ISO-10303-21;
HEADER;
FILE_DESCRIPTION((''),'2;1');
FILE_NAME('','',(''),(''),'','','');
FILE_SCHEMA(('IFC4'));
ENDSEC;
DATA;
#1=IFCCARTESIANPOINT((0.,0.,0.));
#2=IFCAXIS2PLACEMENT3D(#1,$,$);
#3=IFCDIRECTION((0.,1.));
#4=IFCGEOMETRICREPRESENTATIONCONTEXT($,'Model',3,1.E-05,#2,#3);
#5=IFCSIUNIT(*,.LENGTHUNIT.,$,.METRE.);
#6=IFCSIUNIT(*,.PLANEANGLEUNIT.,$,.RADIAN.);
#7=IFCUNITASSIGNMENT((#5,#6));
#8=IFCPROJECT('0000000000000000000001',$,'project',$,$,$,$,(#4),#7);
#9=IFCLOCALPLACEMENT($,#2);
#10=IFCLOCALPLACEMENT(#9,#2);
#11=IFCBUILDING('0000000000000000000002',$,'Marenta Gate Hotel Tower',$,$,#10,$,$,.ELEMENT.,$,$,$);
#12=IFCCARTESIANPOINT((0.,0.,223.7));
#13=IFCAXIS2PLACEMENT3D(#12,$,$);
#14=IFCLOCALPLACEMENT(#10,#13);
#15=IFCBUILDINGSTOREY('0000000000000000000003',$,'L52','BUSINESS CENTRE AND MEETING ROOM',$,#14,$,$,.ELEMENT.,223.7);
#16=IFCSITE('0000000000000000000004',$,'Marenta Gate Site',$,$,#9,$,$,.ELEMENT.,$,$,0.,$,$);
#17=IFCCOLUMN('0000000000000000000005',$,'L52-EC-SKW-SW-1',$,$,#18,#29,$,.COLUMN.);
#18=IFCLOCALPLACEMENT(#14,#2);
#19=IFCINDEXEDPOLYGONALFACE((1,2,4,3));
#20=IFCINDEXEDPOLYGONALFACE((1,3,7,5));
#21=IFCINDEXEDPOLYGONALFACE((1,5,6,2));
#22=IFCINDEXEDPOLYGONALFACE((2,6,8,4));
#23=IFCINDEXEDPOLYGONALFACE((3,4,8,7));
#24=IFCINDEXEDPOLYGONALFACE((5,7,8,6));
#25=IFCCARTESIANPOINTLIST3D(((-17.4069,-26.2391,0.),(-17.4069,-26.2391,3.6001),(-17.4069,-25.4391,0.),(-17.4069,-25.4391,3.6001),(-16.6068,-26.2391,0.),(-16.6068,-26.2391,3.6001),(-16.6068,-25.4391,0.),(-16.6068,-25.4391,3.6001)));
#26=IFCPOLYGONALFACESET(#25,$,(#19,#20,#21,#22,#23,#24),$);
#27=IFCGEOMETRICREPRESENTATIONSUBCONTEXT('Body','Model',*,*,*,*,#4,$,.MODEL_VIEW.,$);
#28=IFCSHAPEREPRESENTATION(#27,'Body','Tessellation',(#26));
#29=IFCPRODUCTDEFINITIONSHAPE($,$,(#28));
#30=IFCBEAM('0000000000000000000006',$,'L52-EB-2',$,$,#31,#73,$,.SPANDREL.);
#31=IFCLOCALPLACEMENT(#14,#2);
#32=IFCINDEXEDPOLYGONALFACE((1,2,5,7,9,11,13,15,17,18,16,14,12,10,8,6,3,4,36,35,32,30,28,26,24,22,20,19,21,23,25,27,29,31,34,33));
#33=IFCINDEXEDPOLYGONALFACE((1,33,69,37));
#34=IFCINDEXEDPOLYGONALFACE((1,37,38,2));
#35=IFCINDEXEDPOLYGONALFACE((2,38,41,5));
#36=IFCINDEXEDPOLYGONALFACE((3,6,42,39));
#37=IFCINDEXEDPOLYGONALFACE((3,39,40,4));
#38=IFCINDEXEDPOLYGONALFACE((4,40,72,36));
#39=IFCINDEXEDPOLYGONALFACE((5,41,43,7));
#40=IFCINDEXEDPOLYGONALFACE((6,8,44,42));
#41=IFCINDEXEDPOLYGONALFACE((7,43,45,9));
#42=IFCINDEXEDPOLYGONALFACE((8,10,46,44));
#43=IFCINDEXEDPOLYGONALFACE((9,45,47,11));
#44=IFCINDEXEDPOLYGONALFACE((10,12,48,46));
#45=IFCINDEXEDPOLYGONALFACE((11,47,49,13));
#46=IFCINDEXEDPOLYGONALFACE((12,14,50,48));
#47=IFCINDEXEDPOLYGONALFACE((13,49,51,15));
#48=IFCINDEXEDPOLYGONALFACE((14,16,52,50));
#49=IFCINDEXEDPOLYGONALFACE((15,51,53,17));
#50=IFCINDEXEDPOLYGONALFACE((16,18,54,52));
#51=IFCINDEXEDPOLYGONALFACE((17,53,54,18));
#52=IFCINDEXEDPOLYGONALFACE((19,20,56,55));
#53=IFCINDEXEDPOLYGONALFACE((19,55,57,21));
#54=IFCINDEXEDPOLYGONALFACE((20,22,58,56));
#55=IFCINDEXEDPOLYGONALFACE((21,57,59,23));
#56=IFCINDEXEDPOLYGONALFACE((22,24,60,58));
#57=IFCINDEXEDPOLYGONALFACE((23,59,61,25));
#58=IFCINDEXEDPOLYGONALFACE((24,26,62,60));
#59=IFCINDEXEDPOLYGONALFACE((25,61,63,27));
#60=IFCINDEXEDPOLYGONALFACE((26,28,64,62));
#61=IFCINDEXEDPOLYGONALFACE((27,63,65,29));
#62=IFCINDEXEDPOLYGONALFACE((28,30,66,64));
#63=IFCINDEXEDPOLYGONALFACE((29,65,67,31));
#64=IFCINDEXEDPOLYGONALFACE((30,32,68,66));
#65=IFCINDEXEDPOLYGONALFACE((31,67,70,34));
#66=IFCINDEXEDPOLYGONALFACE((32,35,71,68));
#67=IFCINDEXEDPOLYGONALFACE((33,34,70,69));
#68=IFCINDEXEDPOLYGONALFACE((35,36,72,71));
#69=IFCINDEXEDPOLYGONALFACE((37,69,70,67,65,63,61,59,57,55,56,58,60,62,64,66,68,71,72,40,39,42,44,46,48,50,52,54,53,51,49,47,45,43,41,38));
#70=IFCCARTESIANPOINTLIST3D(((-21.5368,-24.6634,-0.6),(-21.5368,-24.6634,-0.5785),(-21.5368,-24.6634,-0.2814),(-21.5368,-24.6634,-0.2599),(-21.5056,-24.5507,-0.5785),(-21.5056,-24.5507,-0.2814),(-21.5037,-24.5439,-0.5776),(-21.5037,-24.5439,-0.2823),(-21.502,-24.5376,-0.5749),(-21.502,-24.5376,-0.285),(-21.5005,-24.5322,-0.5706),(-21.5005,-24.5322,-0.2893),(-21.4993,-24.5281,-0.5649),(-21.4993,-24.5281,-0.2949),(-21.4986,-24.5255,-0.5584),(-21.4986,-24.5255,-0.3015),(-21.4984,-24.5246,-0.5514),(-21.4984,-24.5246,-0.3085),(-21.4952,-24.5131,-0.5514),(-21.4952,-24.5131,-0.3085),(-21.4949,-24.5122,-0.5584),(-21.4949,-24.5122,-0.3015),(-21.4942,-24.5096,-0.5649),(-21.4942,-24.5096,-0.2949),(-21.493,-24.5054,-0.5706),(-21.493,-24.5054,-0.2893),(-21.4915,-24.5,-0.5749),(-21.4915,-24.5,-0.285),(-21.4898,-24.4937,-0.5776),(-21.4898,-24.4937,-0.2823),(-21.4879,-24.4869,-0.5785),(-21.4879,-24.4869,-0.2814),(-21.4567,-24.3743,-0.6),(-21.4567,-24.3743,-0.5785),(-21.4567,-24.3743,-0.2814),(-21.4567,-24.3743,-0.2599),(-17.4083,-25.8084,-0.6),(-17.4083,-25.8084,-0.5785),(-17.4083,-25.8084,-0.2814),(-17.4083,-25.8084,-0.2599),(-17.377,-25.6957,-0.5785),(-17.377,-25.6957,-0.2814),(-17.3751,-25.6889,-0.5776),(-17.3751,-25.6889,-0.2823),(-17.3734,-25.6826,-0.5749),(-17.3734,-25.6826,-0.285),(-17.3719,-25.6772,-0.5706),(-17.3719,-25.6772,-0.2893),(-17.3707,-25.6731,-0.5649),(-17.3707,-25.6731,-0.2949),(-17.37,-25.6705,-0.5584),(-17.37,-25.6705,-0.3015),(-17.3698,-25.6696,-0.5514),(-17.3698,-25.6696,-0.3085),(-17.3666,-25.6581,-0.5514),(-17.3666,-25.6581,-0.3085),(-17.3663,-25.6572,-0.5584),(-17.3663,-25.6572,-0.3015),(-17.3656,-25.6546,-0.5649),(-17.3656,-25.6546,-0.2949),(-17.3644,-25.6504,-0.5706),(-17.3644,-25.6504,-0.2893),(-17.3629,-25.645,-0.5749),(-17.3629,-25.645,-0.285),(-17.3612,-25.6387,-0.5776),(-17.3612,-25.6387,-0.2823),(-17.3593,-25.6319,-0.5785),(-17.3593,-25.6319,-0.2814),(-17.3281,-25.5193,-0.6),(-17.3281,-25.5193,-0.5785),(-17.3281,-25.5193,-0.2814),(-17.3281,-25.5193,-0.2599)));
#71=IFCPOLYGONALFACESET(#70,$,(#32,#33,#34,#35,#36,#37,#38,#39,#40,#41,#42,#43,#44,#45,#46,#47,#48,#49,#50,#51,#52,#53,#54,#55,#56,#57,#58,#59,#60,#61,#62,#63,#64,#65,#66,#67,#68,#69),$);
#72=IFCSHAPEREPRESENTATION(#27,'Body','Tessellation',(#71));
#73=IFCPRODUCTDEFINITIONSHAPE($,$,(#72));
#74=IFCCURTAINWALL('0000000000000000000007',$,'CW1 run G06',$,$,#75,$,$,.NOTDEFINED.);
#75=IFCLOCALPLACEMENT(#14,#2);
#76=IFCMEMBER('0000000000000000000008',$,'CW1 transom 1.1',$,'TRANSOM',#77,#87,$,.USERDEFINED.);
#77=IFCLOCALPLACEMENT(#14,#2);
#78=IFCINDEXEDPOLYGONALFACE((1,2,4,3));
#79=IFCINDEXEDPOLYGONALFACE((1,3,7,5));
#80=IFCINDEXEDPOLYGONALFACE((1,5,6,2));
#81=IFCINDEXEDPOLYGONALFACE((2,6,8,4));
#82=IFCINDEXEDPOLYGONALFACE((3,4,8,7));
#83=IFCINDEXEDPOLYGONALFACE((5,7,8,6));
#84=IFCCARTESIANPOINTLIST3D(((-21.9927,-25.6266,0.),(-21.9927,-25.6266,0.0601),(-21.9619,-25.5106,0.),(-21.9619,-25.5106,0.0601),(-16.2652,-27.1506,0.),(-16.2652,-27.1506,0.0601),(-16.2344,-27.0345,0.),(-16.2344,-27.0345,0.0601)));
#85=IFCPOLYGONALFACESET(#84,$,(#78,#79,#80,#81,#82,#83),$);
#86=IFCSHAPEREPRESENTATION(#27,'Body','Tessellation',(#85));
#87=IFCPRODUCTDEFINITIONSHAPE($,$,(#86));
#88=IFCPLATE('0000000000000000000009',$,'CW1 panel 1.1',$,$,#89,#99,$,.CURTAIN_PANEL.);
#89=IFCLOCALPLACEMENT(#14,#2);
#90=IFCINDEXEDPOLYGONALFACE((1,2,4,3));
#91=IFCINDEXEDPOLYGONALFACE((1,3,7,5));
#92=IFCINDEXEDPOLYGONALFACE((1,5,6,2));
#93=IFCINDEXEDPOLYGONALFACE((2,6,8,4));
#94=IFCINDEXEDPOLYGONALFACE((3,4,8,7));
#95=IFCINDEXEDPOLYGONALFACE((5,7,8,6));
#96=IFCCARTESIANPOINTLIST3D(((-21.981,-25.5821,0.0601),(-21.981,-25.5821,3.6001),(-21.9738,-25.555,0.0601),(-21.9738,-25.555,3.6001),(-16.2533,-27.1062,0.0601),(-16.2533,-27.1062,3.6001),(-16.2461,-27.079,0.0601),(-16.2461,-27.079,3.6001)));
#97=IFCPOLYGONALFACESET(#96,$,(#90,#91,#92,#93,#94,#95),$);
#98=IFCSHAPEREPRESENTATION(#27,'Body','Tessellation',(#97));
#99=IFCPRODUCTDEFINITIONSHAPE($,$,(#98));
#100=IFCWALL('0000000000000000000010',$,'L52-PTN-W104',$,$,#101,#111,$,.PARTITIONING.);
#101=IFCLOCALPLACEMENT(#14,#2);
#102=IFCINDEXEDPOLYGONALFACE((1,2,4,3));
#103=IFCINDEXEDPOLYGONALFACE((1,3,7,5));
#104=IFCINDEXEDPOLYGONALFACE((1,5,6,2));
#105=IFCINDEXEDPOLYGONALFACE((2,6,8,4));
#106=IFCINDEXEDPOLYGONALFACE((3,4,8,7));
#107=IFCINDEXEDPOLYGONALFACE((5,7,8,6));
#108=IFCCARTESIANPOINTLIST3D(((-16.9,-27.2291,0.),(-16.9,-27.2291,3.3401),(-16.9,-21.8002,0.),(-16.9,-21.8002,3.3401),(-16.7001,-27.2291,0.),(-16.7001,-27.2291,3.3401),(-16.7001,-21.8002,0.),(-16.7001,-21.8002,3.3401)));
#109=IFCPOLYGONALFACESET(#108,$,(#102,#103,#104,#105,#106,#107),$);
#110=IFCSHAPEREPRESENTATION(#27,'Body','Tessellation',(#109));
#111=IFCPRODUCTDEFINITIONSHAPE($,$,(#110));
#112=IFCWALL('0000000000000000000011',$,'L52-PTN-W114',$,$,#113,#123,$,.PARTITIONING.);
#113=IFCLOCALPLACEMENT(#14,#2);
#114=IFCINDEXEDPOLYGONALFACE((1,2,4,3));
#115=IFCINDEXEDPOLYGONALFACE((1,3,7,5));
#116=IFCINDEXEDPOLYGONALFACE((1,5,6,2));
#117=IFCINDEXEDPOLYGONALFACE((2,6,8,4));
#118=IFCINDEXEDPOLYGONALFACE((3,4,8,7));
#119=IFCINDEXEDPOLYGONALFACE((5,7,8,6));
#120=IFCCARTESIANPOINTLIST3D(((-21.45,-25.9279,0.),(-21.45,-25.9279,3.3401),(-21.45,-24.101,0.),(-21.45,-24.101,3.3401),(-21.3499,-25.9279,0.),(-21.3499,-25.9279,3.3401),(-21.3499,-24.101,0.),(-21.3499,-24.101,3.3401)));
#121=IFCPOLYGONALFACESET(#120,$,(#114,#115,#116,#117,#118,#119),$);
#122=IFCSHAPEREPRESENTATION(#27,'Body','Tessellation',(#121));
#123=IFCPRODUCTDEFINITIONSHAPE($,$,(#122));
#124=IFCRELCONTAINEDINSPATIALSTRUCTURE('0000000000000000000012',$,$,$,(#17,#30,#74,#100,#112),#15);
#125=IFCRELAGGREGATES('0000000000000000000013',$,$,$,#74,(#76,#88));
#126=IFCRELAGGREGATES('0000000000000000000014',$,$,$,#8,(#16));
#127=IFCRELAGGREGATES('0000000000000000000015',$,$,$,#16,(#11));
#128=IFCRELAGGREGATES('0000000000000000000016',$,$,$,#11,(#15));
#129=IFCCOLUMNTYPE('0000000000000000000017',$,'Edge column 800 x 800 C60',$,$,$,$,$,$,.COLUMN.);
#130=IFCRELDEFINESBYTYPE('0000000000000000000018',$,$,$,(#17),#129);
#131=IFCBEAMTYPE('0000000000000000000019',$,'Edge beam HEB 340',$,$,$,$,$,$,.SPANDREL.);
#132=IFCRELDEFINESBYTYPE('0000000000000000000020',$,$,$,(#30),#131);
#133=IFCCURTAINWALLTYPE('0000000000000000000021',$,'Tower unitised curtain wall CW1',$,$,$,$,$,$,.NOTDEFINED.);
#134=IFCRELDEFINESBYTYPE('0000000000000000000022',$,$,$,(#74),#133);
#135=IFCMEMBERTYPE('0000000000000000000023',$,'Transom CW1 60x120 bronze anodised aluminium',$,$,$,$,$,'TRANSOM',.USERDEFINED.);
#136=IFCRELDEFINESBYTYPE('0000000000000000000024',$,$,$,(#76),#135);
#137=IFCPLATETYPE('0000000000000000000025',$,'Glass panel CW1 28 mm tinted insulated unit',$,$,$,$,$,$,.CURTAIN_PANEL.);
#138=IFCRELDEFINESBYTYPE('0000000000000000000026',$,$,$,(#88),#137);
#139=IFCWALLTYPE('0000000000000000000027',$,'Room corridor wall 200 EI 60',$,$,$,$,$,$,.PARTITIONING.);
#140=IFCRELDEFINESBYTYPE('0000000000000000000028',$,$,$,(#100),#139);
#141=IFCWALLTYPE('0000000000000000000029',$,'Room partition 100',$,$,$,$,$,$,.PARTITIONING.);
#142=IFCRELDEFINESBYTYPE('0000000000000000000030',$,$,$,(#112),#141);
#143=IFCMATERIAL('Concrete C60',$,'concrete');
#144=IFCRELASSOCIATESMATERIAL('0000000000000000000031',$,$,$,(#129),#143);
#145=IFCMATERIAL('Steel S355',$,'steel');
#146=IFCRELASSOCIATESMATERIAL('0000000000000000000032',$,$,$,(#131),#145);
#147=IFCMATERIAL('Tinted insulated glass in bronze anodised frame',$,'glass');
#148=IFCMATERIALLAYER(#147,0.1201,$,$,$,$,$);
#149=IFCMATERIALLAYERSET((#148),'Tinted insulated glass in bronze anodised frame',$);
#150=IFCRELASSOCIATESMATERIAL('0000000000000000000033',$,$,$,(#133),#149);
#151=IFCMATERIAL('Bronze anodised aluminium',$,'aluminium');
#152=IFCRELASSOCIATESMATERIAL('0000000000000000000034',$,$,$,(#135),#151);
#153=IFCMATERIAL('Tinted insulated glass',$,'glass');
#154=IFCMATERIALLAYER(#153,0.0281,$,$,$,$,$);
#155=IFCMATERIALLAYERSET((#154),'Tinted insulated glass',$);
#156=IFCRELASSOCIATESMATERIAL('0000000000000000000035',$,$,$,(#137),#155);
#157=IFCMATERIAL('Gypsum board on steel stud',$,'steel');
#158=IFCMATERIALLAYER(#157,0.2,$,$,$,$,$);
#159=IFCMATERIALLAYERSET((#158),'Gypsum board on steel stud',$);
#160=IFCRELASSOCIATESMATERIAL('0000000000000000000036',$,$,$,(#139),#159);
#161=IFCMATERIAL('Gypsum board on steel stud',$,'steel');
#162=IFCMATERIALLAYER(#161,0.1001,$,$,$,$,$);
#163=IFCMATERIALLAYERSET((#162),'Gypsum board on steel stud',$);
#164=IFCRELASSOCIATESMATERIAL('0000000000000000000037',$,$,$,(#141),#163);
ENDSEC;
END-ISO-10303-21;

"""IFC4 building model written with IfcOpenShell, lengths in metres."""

from ifc_helpers import new_model, si_unit, direction, frame, frame_2d, origin, origin_2d, place, context, subcontext, project, spatial, rectangle, i_section, extrude, material, layer, layer_set, material_profile, profile_set, type_object, element, aggregate, save


model = new_model("IFC4")

# Units and contexts
model_context = context("Model", 3, precision=1e-05, world=origin(), true_north=direction((0.0, 1.0)))
body_context = subcontext(model_context, "Body", "Model", "MODEL_VIEW")
ifc_project = project(units=[si_unit("LENGTHUNIT", "METRE"), si_unit("PLANEANGLEUNIT", "RADIAN")], contexts=[model_context])

# Site, building, storey
site_placement = place(None, origin())
site = spatial("IfcSite", under=ifc_project, at=site_placement, Name="Marenta Gate Site", CompositionType="ELEMENT", RefElevation=0.0)
building_placement = place(site_placement, origin())
building = spatial("IfcBuilding", under=site, at=building_placement, Name="Marenta Gate Hotel Tower", CompositionType="ELEMENT")
storey_placement = place(building_placement, frame((0.0, 0.0, 223.7)))
storey = spatial("IfcBuildingStorey", under=building, at=storey_placement, Name="L52", Description="BUSINESS CENTRE AND MEETING ROOM", CompositionType="ELEMENT", Elevation=223.7)

# Column
ifc_material_1 = material(Name="Concrete C60", Category="concrete")
ifc_material_profile_1 = material_profile(ifc_material_1, rectangle(XDim=0.8, YDim=0.8, at=origin_2d()), Name="800 x 800")
ifc_profile_set_1 = profile_set([ifc_material_profile_1], Name="Concrete C60")
column_type = type_object("IfcColumnType", Name="Edge column 800 x 800 C60", PredefinedType="COLUMN", material=ifc_profile_set_1)
column_placement = place(storey_placement, frame((-17.0068, -25.8391, 0.0), z_axis=(0.0, 0.0, 1.0), x_axis=(1.0, 0.0, 0.0)))
element("IfcColumn", 1, at=column_placement, inside=storey, type_object=column_type, Name="L52-EC-SKW-SW-1", PredefinedType="COLUMN", context=body_context, shape_type="SweptSolid", body=[
    extrude(rectangle(XDim=0.8, YDim=0.8, at=origin_2d()), origin(), (0.0, 0.0, 1.0), 3.6001),
])

# Beam
ifc_material_2 = material(Name="Steel S355", Category="steel")
ifc_material_profile_2 = material_profile(ifc_material_2, i_section(OverallWidth=0.3, OverallDepth=0.3401, WebThickness=0.012, FlangeThickness=0.0215, FilletRadius=0.0271, at=origin_2d()), Name="HEB 340")
ifc_profile_set_2 = profile_set([ifc_material_profile_2], Name="Steel S355")
beam_type = type_object("IfcBeamType", Name="Edge beam HEB 340", PredefinedType="SPANDREL", material=ifc_profile_set_2)
beam_placement = place(storey_placement, frame((-17.3682, -25.6638, -0.4299), z_axis=(-0.963628, 0.267247, 0.0), x_axis=(-0.267247, -0.963628, 0.0)))
element("IfcBeam", 2, at=beam_placement, inside=storey, type_object=beam_type, Name="L52-EB-2", PredefinedType="SPANDREL", context=body_context, shape_type="SweptSolid", body=[
    extrude(i_section(OverallWidth=0.3, OverallDepth=0.3401, WebThickness=0.012, FlangeThickness=0.0215, FilletRadius=0.0271, at=origin_2d()), origin(), (0.0, 0.0, 1.0), 4.2844),
])

# Curtain wall, member, plate
ifc_material_3 = material(Name="Tinted insulated glass in bronze anodised frame", Category="glass")
ifc_layer_1 = layer(ifc_material_3, 0.1201)
ifc_layer_set_1 = layer_set([ifc_layer_1], Name="Tinted insulated glass in bronze anodised frame")
curtain_wall_type = type_object("IfcCurtainWallType", Name="Tower unitised curtain wall CW1", PredefinedType="NOTDEFINED", material=ifc_layer_set_1)
curtain_wall_placement = place(storey_placement, origin())
curtain_wall = element("IfcCurtainWall", 3, at=curtain_wall_placement, inside=storey, type_object=curtain_wall_type, Name="CW1 run G06", PredefinedType="NOTDEFINED")
ifc_material_4 = material(Name="Bronze anodised aluminium", Category="aluminium")
ifc_material_profile_3 = material_profile(ifc_material_4, rectangle(XDim=0.1201, YDim=0.0601, at=origin_2d()), Name="Transom CW1 60x120 bronze anodised aluminium")
ifc_profile_set_3 = profile_set([ifc_material_profile_3], Name="Bronze anodised aluminium")
member_type = type_object("IfcMemberType", Name="Transom CW1 60x120 bronze anodised aluminium", ElementType="TRANSOM", PredefinedType="USERDEFINED", material=ifc_profile_set_3)
member_placement = place(storey_placement, frame((-21.9773, -25.5686, 0.03), z_axis=(0.966378, -0.257124, 0.0), x_axis=(0.257124, 0.966378, 0.0)))
member = element("IfcMember", 4, at=member_placement, type_object=member_type, Name="CW1 transom 1.1", ObjectType="TRANSOM", PredefinedType="USERDEFINED", context=body_context, shape_type="SweptSolid", body=[
    extrude(rectangle(XDim=0.1201, YDim=0.0601, at=origin_2d()), origin(), (0.0, 0.0, 1.0), 5.9268),
])
ifc_material_5 = material(Name="Tinted insulated glass", Category="glass")
ifc_layer_2 = layer(ifc_material_5, 0.0281)
ifc_layer_set_2 = layer_set([ifc_layer_2], Name="Tinted insulated glass")
plate_type = type_object("IfcPlateType", Name="Glass panel CW1 28 mm tinted insulated unit", PredefinedType="CURTAIN_PANEL", material=ifc_layer_set_2)
plate_placement = place(storey_placement, frame((-19.1135, -26.3306, 0.0601), z_axis=(0.0, 0.0, 1.0), x_axis=(0.966374, -0.257139, 0.0)))
plate = element("IfcPlate", 5, at=plate_placement, type_object=plate_type, Name="CW1 panel 1.1", PredefinedType="CURTAIN_PANEL", context=body_context, shape_type="SweptSolid", body=[
    extrude(rectangle(XDim=5.927, YDim=0.0281, at=origin_2d()), origin(), (0.0, 0.0, 1.0), 3.54),
])
aggregate(curtain_wall, [member, plate])

# Wall
ifc_material_6 = material(Name="Gypsum board on steel stud", Category="steel")
ifc_layer_3 = layer(ifc_material_6, 0.2)
ifc_layer_set_3 = layer_set([ifc_layer_3], Name="Gypsum board on steel stud")
wall_type_1 = type_object("IfcWallType", Name="Room corridor wall 200 EI 60", PredefinedType="PARTITIONING", material=ifc_layer_set_3)
wall_1_placement = place(storey_placement, frame((-16.8, -27.229, 0.0), z_axis=(0.0, 0.0, 1.0), x_axis=(0.0, 1.0, 0.0)))
element("IfcWall", 6, at=wall_1_placement, inside=storey, type_object=wall_type_1, Name="L52-PTN-W104", PredefinedType="PARTITIONING", context=body_context, shape_type="SweptSolid", body=[
    extrude(rectangle(XDim=5.429, YDim=0.2, at=frame_2d((2.7144, 0.0))), origin(), (0.0, 0.0, 1.0), 3.3401),
])

# Wall
ifc_material_7 = material(Name="Gypsum board on steel stud", Category="steel")
ifc_layer_4 = layer(ifc_material_7, 0.1001)
ifc_layer_set_4 = layer_set([ifc_layer_4], Name="Gypsum board on steel stud")
wall_type_2 = type_object("IfcWallType", Name="Room partition 100", PredefinedType="PARTITIONING", material=ifc_layer_set_4)
wall_2_placement = place(storey_placement, frame((-21.3999, -25.928, 0.0), z_axis=(0.0, 0.0, 1.0), x_axis=(0.0, 1.0, 0.0)))
element("IfcWall", 7, at=wall_2_placement, inside=storey, type_object=wall_type_2, Name="L52-PTN-W114", PredefinedType="PARTITIONING", context=body_context, shape_type="SweptSolid", body=[
    extrude(rectangle(XDim=1.8269, YDim=0.1001, at=frame_2d((0.9136, 0.0))), origin(), (0.0, 0.0, 1.0), 3.3401),
])

save(model, "model.ifc")
